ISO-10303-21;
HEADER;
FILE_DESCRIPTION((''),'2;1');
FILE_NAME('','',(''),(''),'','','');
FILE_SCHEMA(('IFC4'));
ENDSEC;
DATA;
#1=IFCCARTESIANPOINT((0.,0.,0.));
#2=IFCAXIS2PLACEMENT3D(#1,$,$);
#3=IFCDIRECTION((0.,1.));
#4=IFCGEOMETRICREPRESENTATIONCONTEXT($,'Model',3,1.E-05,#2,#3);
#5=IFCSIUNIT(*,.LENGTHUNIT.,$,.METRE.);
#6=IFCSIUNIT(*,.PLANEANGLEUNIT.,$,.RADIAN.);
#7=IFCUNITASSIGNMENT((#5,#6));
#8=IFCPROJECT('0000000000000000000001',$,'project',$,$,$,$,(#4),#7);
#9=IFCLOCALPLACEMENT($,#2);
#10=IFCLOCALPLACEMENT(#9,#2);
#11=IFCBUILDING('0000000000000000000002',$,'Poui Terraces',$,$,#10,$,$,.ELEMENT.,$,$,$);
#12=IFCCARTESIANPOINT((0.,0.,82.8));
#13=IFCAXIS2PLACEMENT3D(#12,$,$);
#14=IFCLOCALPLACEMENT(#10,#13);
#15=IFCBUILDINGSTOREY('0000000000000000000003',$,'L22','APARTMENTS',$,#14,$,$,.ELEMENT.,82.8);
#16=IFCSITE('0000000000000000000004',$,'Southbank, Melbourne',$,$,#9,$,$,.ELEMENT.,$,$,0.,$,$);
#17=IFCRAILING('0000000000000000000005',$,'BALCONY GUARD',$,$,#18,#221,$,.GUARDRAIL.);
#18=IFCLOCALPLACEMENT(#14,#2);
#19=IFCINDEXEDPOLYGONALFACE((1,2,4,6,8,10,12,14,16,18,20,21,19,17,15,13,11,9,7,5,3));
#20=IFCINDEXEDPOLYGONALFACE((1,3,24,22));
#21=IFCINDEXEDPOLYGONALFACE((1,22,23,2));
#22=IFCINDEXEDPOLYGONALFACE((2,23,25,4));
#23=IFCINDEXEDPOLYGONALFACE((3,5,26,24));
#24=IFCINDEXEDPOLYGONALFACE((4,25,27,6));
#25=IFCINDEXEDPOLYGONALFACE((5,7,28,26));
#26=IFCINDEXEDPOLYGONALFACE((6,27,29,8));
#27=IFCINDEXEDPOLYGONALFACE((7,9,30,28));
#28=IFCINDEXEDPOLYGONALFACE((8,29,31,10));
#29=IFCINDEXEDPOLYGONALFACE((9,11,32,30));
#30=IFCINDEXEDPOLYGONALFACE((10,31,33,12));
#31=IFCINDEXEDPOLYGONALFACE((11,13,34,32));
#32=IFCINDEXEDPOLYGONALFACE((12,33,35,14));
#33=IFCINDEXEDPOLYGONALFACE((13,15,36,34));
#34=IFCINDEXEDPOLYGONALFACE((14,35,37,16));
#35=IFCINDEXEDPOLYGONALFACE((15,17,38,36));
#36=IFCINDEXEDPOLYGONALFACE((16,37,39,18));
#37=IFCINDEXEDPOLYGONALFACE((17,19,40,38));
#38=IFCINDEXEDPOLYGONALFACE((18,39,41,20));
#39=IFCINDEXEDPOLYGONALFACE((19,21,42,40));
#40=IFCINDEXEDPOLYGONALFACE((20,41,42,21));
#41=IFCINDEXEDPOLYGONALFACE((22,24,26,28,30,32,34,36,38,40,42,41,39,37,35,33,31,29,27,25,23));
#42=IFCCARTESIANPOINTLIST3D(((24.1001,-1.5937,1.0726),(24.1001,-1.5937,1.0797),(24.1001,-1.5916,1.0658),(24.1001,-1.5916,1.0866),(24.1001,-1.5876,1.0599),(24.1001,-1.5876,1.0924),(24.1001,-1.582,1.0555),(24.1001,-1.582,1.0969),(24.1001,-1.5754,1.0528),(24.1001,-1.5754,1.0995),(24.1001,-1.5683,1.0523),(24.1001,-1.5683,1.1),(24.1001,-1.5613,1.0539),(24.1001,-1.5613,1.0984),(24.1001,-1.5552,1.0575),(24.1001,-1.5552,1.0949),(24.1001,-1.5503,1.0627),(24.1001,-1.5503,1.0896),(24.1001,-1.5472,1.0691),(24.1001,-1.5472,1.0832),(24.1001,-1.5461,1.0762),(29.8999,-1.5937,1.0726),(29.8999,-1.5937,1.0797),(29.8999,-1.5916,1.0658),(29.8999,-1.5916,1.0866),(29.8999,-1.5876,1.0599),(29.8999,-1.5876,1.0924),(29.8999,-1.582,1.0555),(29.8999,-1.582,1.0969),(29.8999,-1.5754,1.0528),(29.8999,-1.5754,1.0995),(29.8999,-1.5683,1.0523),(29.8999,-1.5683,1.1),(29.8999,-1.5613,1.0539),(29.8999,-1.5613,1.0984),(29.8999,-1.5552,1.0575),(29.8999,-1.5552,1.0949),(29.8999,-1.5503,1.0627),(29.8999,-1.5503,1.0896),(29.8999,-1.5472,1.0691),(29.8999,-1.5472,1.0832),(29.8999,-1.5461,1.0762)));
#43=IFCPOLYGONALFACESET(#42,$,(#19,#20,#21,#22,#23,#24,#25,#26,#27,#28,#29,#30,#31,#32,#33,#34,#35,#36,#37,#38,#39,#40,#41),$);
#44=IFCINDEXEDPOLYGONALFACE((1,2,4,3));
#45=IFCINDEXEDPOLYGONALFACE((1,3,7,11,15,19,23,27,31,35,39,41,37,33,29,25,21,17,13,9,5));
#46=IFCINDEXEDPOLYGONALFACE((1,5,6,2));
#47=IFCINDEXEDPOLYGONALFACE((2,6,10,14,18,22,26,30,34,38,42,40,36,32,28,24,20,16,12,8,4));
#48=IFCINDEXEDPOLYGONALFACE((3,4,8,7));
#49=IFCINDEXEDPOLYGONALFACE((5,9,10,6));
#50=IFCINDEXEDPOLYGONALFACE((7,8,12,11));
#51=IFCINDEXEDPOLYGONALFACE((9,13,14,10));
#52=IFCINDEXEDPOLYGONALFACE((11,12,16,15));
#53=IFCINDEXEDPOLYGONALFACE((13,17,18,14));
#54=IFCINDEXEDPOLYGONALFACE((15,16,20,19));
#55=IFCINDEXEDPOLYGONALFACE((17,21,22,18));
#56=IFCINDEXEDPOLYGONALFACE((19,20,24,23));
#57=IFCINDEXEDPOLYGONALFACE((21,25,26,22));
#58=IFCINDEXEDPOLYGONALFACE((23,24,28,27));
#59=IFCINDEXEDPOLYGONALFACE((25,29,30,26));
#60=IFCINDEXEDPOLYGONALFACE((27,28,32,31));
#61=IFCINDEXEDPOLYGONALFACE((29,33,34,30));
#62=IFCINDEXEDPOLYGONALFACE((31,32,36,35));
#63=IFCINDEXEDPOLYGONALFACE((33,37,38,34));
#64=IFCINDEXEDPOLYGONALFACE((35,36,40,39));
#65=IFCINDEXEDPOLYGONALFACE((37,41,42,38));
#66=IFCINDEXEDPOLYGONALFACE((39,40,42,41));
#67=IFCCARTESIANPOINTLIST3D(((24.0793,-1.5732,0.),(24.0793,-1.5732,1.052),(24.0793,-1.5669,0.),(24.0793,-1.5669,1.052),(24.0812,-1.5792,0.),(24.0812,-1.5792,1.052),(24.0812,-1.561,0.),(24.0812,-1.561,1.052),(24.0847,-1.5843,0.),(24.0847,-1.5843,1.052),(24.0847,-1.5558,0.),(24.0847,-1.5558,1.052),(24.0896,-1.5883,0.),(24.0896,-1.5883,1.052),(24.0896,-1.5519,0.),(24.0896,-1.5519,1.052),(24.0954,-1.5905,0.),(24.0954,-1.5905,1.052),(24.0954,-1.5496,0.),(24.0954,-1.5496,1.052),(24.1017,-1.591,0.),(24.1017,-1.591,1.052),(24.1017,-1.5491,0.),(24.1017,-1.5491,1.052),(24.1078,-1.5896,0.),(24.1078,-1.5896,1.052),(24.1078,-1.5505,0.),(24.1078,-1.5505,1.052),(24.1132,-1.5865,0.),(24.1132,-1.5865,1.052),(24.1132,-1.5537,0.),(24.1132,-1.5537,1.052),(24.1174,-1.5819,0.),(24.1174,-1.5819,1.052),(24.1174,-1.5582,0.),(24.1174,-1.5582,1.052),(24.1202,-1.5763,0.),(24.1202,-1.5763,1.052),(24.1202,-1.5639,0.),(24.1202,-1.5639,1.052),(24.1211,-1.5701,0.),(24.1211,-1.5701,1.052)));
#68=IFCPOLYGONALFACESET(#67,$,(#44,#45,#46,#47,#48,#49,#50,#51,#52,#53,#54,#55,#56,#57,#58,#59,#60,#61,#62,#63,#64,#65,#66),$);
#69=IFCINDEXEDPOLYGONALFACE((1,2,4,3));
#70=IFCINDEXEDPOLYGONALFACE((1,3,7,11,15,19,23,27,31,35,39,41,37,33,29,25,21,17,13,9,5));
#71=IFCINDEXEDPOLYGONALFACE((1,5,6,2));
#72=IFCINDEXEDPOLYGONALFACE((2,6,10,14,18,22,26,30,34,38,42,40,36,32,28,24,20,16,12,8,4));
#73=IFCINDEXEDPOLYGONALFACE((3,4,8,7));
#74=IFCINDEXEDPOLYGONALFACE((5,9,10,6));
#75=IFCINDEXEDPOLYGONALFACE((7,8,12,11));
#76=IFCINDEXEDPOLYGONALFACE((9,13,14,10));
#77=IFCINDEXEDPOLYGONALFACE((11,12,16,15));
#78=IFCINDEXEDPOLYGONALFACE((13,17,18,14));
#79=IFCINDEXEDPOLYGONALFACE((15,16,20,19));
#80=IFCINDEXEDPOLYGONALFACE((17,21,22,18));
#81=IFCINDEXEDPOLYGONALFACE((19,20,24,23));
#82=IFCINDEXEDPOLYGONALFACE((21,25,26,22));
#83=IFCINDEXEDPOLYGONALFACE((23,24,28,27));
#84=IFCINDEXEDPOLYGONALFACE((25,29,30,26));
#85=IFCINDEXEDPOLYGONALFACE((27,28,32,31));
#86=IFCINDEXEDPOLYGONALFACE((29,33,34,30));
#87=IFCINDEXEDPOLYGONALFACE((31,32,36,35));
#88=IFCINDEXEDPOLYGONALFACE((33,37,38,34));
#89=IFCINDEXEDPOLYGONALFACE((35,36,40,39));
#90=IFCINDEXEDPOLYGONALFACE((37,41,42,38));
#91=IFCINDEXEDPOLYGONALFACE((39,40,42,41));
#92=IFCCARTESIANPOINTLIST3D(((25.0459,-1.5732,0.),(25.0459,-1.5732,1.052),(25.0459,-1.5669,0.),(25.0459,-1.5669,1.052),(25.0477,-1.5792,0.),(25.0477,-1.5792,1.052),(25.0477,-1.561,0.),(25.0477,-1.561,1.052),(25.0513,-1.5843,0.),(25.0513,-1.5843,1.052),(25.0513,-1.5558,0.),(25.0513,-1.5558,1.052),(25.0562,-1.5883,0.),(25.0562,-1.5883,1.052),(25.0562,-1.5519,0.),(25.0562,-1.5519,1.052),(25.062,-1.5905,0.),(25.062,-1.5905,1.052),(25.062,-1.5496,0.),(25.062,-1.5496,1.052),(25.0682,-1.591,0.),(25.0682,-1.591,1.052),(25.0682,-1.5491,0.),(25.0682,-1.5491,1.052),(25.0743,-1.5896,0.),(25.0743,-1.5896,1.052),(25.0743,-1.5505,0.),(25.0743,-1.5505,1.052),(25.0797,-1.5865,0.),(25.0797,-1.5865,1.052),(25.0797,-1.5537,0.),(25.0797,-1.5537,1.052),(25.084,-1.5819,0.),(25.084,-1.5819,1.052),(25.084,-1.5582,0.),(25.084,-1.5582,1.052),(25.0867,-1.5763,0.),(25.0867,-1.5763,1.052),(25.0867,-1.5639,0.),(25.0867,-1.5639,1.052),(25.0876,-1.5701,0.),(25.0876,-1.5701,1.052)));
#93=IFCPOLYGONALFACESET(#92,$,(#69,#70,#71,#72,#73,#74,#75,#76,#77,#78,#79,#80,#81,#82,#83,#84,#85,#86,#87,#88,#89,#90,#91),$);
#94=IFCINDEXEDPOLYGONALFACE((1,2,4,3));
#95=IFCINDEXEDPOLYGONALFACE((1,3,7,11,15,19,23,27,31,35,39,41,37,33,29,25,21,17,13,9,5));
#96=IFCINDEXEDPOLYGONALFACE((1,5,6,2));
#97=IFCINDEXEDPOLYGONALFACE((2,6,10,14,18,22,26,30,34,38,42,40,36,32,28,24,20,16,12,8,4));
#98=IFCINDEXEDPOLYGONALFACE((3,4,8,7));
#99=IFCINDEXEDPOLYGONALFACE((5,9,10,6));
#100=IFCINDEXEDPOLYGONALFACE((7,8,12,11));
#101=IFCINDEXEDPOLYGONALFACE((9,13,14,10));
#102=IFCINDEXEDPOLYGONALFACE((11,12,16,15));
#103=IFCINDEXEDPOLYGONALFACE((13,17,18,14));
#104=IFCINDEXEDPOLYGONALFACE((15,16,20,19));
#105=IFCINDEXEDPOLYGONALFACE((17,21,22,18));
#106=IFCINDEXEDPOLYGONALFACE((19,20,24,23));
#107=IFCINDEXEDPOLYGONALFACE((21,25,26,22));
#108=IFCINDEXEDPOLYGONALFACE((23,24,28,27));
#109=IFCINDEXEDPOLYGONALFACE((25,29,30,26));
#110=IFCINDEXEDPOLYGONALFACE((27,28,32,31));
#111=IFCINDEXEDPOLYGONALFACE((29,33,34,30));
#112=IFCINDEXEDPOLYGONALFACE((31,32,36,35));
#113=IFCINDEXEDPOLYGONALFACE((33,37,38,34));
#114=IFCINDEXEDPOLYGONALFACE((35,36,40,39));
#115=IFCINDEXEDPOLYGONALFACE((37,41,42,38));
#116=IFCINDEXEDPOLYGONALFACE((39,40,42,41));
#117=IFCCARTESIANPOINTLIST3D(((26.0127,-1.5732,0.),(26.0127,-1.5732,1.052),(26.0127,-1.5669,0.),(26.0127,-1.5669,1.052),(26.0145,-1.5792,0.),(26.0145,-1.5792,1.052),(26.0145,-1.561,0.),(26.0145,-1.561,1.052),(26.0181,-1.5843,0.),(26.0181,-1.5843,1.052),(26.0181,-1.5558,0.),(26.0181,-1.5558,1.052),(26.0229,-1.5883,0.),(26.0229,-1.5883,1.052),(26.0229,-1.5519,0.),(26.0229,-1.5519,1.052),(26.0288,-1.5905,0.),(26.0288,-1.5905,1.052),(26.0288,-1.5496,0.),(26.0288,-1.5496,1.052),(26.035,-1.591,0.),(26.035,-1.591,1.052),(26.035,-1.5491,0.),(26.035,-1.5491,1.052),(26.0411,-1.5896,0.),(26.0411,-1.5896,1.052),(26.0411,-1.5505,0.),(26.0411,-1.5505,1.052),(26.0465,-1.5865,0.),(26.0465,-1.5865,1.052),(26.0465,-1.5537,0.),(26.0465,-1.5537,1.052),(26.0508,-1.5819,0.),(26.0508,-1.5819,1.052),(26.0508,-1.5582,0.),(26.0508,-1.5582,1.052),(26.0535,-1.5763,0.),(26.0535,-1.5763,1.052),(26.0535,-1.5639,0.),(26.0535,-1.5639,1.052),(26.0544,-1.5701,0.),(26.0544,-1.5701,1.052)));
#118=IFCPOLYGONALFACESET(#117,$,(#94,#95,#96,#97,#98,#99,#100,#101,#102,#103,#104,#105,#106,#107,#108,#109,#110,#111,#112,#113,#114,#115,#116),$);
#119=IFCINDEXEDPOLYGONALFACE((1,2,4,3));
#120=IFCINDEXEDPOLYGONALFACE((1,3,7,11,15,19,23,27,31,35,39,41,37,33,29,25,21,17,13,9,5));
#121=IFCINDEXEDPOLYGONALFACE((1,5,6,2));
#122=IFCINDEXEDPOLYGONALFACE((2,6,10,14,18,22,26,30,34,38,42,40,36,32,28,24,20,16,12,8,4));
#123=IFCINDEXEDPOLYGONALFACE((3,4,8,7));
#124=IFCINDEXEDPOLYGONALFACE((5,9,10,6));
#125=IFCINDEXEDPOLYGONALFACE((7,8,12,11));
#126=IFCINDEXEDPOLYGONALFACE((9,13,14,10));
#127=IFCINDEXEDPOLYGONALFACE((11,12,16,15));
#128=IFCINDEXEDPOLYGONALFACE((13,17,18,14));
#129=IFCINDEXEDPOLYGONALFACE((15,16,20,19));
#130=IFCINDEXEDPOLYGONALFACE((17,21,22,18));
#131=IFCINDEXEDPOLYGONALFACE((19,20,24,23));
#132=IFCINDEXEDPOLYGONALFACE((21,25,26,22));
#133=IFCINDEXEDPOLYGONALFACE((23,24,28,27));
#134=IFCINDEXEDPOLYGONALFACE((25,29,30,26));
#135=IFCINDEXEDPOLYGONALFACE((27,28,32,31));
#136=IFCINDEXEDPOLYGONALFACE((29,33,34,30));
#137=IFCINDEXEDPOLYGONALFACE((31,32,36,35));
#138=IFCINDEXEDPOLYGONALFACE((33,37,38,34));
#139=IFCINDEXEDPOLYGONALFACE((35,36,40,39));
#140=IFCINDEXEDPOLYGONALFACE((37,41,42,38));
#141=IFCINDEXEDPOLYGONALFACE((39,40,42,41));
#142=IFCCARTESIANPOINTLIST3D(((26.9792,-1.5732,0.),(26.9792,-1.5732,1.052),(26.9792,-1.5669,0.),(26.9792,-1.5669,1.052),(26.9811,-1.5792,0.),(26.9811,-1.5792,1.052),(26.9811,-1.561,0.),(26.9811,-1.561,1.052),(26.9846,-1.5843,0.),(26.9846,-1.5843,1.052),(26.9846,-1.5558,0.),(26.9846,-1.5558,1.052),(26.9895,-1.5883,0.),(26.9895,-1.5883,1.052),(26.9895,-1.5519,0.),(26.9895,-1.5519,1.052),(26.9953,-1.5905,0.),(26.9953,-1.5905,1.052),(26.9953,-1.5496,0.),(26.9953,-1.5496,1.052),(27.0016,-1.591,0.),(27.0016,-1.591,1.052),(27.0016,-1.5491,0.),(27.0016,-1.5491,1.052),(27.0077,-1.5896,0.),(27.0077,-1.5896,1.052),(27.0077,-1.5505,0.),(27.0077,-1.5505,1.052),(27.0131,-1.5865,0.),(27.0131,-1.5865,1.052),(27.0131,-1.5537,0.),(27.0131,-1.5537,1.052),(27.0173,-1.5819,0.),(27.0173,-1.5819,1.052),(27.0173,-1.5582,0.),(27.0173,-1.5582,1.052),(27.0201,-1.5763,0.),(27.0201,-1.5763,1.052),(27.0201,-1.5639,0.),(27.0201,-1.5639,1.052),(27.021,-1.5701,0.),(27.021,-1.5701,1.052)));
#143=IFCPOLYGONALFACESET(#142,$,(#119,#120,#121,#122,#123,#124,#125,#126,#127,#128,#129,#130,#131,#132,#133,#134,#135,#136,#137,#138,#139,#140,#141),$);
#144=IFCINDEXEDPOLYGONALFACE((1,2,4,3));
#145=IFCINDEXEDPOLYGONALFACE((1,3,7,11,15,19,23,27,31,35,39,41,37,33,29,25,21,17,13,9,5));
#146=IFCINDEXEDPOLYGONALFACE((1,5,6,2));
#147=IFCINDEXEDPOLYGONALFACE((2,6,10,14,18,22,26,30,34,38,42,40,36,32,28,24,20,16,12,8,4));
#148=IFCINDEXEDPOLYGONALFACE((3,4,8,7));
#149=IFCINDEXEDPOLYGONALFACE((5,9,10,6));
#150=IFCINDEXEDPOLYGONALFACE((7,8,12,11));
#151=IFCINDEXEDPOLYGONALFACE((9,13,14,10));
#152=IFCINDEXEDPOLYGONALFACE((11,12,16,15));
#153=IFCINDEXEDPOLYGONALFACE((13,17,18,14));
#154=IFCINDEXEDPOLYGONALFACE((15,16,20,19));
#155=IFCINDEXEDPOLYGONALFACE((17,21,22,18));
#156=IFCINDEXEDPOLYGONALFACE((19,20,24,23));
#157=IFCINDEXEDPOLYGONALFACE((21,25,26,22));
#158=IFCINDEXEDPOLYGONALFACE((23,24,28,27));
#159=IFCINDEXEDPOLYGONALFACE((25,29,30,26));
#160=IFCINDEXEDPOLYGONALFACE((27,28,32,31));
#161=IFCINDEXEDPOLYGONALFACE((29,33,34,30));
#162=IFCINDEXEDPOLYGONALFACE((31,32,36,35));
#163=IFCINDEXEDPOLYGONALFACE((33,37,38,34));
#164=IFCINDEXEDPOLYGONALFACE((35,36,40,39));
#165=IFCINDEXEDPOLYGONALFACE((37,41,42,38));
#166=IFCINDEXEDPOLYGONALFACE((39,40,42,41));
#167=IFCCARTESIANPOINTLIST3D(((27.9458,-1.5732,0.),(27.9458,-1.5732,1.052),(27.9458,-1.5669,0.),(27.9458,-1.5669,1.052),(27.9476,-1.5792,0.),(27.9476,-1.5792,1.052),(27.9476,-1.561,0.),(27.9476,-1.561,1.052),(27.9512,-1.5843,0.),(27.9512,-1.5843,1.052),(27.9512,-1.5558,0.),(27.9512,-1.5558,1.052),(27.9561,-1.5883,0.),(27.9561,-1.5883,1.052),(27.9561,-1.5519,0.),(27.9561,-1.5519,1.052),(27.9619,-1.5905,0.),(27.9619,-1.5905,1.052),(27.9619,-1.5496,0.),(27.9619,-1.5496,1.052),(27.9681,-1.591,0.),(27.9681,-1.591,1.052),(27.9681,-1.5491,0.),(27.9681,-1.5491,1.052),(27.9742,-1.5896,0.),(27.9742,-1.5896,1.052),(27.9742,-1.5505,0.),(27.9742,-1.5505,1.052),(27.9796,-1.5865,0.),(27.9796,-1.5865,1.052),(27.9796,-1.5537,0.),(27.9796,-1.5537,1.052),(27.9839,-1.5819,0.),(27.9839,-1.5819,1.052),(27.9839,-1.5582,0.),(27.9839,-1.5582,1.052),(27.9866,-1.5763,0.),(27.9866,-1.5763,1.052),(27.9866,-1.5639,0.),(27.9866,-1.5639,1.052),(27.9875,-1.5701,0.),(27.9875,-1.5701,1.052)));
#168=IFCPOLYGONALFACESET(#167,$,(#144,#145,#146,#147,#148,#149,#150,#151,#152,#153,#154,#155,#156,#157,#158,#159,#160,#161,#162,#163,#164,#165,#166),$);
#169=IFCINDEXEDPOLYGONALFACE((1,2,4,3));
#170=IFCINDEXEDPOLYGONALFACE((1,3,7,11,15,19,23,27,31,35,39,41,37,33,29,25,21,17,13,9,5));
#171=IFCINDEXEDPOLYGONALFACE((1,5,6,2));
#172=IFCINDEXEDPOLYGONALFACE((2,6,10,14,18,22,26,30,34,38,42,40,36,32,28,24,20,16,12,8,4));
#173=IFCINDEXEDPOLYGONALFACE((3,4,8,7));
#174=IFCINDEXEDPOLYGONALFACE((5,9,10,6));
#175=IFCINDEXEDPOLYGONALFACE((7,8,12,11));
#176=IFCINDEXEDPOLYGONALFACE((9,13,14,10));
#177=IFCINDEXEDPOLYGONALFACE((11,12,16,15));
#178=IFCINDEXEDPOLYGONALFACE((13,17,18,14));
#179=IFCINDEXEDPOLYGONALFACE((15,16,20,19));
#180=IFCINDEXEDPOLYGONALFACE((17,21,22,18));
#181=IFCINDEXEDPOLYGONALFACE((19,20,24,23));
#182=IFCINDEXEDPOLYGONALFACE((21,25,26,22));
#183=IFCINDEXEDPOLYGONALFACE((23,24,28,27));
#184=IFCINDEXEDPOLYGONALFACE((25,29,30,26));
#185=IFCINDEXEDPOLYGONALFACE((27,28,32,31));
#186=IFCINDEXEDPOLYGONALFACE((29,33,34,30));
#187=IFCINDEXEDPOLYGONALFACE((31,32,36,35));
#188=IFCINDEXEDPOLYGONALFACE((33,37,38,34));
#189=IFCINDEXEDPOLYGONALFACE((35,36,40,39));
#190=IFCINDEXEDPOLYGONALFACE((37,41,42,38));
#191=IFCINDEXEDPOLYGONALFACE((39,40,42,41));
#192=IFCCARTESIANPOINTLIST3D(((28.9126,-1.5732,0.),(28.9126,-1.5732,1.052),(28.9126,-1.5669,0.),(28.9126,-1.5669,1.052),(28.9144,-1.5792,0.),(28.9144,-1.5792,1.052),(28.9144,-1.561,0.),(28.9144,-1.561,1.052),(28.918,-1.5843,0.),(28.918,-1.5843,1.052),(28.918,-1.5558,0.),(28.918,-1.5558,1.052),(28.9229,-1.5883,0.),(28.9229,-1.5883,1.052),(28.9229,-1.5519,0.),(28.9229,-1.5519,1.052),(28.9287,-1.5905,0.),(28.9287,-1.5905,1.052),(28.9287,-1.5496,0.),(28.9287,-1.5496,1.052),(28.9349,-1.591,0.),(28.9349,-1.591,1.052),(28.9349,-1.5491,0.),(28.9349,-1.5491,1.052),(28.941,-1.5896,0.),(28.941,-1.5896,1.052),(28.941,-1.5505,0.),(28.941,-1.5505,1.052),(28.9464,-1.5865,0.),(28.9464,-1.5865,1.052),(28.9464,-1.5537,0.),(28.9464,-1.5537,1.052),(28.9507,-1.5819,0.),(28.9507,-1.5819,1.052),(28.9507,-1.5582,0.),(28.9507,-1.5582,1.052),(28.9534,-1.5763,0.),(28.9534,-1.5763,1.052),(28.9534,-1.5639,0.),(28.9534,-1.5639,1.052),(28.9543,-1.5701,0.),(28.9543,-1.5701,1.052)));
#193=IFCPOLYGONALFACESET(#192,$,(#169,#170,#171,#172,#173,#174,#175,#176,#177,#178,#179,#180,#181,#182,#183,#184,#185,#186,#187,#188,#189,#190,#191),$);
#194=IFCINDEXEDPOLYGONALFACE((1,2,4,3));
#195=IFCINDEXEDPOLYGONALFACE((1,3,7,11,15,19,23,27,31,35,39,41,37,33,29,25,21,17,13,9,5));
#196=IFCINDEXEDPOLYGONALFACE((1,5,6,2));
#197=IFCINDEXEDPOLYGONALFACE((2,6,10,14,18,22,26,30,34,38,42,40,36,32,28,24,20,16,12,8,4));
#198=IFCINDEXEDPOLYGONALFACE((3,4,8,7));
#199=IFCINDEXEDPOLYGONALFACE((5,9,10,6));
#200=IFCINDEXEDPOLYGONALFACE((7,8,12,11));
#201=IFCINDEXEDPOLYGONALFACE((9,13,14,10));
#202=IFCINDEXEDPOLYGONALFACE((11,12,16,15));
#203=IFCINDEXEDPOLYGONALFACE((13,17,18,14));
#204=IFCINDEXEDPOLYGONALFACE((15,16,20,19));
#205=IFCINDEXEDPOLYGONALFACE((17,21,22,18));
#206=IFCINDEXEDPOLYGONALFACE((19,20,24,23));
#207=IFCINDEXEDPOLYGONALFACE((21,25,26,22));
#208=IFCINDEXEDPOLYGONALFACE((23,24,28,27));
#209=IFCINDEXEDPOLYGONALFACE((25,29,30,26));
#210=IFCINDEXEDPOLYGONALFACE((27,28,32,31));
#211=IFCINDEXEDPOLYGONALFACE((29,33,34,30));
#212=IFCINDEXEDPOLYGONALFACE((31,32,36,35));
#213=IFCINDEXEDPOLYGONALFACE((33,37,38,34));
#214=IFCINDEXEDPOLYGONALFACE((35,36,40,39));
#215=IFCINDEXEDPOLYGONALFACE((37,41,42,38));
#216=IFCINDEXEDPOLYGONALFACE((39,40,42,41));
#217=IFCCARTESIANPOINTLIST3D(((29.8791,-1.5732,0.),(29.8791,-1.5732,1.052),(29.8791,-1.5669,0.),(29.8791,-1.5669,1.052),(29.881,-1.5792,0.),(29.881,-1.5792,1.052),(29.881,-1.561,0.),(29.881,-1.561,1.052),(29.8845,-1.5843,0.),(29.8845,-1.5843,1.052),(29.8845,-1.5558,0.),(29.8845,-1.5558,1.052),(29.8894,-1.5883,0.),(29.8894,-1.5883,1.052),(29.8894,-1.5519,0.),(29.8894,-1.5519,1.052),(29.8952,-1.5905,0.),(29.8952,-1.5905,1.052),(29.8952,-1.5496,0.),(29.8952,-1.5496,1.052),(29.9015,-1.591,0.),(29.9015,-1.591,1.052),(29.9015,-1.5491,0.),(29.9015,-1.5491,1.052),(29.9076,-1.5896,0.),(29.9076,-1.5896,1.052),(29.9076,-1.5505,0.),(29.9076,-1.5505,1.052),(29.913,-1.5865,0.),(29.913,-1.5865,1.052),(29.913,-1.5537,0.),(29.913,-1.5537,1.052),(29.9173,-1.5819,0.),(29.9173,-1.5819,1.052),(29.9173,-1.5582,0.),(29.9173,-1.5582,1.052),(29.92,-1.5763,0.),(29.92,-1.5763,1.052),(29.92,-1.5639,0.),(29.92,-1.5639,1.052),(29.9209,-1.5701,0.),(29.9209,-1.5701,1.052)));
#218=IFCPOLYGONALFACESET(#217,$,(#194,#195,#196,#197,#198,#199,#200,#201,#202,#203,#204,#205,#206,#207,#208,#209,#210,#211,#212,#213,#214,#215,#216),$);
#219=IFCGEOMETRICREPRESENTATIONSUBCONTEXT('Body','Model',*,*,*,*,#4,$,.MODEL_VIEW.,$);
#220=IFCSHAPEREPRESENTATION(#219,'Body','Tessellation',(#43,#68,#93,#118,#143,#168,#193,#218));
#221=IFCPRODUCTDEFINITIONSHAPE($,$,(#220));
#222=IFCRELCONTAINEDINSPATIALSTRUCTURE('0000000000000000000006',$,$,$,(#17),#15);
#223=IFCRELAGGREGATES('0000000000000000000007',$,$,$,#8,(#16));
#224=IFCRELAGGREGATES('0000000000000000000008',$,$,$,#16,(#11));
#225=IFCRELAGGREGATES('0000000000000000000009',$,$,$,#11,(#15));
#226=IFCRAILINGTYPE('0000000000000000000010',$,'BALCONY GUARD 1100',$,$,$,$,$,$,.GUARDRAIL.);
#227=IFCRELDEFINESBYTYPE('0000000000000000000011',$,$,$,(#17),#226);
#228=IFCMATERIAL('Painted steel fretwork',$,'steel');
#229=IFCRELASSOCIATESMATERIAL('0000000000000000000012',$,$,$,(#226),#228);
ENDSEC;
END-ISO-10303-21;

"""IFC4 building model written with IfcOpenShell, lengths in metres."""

from ifc_helpers import new_model, si_unit, direction, frame, origin, origin_2d, place, context, subcontext, project, spatial, circle, extrude, material, type_object, element, save


model = new_model("IFC4")

# Units and contexts
model_context = context("Model", 3, precision=1e-05, world=origin(), true_north=direction((0.0, 1.0)))
body_context = subcontext(model_context, "Body", "Model", "MODEL_VIEW")
ifc_project = project(units=[si_unit("LENGTHUNIT", "METRE"), si_unit("PLANEANGLEUNIT", "RADIAN")], contexts=[model_context])

# Site, building, storey
site_placement = place(None, origin())
site = spatial("IfcSite", under=ifc_project, at=site_placement, Name="Southbank, Melbourne", CompositionType="ELEMENT", RefElevation=0.0)
building_placement = place(site_placement, origin())
building = spatial("IfcBuilding", under=site, at=building_placement, Name="Poui Terraces", CompositionType="ELEMENT")
storey_placement = place(building_placement, frame((0.0, 0.0, 82.8)))
storey = spatial("IfcBuildingStorey", under=building, at=storey_placement, Name="L22", Description="APARTMENTS", CompositionType="ELEMENT", Elevation=82.8)

# Railing
ifc_material_1 = material(Name="Painted steel fretwork", Category="steel")
railing_type = type_object("IfcRailingType", Name="BALCONY GUARD 1100", PredefinedType="GUARDRAIL", material=ifc_material_1)
railing_placement = place(storey_placement, frame((24.1001, -1.5701, 0.0)))
element("IfcRailing", 1, at=railing_placement, inside=storey, type_object=railing_type, Name="BALCONY GUARD", PredefinedType="GUARDRAIL", context=body_context, shape_type="SweptSolid", body=[
    extrude(circle(Radius=0.0239, at=origin_2d()), frame((0.0, 0.0, 1.0762), z_axis=(1.0, 0.0, 0.0), x_axis=(0.0, 1.0, 0.0)), (0.0, 0.0, 1.0), 5.7998),
    extrude(circle(Radius=0.021, at=origin_2d()), origin(), (0.0, 0.0, 1.0), 1.052),
    extrude(circle(Radius=0.021, at=origin_2d()), frame((0.9666, 0.0, 0.0)), (0.0, 0.0, 1.0), 1.052),
    extrude(circle(Radius=0.021, at=origin_2d()), frame((1.9333, 0.0, 0.0)), (0.0, 0.0, 1.0), 1.052),
    extrude(circle(Radius=0.021, at=origin_2d()), frame((2.8999, 0.0, 0.0)), (0.0, 0.0, 1.0), 1.052),
    extrude(circle(Radius=0.021, at=origin_2d()), frame((3.8665, 0.0, 0.0)), (0.0, 0.0, 1.0), 1.052),
    extrude(circle(Radius=0.021, at=origin_2d()), frame((4.8333, 0.0, 0.0)), (0.0, 0.0, 1.0), 1.052),
    extrude(circle(Radius=0.021, at=origin_2d()), frame((5.7998, 0.0, 0.0)), (0.0, 0.0, 1.0), 1.052),
])

save(model, "model.ifc")
